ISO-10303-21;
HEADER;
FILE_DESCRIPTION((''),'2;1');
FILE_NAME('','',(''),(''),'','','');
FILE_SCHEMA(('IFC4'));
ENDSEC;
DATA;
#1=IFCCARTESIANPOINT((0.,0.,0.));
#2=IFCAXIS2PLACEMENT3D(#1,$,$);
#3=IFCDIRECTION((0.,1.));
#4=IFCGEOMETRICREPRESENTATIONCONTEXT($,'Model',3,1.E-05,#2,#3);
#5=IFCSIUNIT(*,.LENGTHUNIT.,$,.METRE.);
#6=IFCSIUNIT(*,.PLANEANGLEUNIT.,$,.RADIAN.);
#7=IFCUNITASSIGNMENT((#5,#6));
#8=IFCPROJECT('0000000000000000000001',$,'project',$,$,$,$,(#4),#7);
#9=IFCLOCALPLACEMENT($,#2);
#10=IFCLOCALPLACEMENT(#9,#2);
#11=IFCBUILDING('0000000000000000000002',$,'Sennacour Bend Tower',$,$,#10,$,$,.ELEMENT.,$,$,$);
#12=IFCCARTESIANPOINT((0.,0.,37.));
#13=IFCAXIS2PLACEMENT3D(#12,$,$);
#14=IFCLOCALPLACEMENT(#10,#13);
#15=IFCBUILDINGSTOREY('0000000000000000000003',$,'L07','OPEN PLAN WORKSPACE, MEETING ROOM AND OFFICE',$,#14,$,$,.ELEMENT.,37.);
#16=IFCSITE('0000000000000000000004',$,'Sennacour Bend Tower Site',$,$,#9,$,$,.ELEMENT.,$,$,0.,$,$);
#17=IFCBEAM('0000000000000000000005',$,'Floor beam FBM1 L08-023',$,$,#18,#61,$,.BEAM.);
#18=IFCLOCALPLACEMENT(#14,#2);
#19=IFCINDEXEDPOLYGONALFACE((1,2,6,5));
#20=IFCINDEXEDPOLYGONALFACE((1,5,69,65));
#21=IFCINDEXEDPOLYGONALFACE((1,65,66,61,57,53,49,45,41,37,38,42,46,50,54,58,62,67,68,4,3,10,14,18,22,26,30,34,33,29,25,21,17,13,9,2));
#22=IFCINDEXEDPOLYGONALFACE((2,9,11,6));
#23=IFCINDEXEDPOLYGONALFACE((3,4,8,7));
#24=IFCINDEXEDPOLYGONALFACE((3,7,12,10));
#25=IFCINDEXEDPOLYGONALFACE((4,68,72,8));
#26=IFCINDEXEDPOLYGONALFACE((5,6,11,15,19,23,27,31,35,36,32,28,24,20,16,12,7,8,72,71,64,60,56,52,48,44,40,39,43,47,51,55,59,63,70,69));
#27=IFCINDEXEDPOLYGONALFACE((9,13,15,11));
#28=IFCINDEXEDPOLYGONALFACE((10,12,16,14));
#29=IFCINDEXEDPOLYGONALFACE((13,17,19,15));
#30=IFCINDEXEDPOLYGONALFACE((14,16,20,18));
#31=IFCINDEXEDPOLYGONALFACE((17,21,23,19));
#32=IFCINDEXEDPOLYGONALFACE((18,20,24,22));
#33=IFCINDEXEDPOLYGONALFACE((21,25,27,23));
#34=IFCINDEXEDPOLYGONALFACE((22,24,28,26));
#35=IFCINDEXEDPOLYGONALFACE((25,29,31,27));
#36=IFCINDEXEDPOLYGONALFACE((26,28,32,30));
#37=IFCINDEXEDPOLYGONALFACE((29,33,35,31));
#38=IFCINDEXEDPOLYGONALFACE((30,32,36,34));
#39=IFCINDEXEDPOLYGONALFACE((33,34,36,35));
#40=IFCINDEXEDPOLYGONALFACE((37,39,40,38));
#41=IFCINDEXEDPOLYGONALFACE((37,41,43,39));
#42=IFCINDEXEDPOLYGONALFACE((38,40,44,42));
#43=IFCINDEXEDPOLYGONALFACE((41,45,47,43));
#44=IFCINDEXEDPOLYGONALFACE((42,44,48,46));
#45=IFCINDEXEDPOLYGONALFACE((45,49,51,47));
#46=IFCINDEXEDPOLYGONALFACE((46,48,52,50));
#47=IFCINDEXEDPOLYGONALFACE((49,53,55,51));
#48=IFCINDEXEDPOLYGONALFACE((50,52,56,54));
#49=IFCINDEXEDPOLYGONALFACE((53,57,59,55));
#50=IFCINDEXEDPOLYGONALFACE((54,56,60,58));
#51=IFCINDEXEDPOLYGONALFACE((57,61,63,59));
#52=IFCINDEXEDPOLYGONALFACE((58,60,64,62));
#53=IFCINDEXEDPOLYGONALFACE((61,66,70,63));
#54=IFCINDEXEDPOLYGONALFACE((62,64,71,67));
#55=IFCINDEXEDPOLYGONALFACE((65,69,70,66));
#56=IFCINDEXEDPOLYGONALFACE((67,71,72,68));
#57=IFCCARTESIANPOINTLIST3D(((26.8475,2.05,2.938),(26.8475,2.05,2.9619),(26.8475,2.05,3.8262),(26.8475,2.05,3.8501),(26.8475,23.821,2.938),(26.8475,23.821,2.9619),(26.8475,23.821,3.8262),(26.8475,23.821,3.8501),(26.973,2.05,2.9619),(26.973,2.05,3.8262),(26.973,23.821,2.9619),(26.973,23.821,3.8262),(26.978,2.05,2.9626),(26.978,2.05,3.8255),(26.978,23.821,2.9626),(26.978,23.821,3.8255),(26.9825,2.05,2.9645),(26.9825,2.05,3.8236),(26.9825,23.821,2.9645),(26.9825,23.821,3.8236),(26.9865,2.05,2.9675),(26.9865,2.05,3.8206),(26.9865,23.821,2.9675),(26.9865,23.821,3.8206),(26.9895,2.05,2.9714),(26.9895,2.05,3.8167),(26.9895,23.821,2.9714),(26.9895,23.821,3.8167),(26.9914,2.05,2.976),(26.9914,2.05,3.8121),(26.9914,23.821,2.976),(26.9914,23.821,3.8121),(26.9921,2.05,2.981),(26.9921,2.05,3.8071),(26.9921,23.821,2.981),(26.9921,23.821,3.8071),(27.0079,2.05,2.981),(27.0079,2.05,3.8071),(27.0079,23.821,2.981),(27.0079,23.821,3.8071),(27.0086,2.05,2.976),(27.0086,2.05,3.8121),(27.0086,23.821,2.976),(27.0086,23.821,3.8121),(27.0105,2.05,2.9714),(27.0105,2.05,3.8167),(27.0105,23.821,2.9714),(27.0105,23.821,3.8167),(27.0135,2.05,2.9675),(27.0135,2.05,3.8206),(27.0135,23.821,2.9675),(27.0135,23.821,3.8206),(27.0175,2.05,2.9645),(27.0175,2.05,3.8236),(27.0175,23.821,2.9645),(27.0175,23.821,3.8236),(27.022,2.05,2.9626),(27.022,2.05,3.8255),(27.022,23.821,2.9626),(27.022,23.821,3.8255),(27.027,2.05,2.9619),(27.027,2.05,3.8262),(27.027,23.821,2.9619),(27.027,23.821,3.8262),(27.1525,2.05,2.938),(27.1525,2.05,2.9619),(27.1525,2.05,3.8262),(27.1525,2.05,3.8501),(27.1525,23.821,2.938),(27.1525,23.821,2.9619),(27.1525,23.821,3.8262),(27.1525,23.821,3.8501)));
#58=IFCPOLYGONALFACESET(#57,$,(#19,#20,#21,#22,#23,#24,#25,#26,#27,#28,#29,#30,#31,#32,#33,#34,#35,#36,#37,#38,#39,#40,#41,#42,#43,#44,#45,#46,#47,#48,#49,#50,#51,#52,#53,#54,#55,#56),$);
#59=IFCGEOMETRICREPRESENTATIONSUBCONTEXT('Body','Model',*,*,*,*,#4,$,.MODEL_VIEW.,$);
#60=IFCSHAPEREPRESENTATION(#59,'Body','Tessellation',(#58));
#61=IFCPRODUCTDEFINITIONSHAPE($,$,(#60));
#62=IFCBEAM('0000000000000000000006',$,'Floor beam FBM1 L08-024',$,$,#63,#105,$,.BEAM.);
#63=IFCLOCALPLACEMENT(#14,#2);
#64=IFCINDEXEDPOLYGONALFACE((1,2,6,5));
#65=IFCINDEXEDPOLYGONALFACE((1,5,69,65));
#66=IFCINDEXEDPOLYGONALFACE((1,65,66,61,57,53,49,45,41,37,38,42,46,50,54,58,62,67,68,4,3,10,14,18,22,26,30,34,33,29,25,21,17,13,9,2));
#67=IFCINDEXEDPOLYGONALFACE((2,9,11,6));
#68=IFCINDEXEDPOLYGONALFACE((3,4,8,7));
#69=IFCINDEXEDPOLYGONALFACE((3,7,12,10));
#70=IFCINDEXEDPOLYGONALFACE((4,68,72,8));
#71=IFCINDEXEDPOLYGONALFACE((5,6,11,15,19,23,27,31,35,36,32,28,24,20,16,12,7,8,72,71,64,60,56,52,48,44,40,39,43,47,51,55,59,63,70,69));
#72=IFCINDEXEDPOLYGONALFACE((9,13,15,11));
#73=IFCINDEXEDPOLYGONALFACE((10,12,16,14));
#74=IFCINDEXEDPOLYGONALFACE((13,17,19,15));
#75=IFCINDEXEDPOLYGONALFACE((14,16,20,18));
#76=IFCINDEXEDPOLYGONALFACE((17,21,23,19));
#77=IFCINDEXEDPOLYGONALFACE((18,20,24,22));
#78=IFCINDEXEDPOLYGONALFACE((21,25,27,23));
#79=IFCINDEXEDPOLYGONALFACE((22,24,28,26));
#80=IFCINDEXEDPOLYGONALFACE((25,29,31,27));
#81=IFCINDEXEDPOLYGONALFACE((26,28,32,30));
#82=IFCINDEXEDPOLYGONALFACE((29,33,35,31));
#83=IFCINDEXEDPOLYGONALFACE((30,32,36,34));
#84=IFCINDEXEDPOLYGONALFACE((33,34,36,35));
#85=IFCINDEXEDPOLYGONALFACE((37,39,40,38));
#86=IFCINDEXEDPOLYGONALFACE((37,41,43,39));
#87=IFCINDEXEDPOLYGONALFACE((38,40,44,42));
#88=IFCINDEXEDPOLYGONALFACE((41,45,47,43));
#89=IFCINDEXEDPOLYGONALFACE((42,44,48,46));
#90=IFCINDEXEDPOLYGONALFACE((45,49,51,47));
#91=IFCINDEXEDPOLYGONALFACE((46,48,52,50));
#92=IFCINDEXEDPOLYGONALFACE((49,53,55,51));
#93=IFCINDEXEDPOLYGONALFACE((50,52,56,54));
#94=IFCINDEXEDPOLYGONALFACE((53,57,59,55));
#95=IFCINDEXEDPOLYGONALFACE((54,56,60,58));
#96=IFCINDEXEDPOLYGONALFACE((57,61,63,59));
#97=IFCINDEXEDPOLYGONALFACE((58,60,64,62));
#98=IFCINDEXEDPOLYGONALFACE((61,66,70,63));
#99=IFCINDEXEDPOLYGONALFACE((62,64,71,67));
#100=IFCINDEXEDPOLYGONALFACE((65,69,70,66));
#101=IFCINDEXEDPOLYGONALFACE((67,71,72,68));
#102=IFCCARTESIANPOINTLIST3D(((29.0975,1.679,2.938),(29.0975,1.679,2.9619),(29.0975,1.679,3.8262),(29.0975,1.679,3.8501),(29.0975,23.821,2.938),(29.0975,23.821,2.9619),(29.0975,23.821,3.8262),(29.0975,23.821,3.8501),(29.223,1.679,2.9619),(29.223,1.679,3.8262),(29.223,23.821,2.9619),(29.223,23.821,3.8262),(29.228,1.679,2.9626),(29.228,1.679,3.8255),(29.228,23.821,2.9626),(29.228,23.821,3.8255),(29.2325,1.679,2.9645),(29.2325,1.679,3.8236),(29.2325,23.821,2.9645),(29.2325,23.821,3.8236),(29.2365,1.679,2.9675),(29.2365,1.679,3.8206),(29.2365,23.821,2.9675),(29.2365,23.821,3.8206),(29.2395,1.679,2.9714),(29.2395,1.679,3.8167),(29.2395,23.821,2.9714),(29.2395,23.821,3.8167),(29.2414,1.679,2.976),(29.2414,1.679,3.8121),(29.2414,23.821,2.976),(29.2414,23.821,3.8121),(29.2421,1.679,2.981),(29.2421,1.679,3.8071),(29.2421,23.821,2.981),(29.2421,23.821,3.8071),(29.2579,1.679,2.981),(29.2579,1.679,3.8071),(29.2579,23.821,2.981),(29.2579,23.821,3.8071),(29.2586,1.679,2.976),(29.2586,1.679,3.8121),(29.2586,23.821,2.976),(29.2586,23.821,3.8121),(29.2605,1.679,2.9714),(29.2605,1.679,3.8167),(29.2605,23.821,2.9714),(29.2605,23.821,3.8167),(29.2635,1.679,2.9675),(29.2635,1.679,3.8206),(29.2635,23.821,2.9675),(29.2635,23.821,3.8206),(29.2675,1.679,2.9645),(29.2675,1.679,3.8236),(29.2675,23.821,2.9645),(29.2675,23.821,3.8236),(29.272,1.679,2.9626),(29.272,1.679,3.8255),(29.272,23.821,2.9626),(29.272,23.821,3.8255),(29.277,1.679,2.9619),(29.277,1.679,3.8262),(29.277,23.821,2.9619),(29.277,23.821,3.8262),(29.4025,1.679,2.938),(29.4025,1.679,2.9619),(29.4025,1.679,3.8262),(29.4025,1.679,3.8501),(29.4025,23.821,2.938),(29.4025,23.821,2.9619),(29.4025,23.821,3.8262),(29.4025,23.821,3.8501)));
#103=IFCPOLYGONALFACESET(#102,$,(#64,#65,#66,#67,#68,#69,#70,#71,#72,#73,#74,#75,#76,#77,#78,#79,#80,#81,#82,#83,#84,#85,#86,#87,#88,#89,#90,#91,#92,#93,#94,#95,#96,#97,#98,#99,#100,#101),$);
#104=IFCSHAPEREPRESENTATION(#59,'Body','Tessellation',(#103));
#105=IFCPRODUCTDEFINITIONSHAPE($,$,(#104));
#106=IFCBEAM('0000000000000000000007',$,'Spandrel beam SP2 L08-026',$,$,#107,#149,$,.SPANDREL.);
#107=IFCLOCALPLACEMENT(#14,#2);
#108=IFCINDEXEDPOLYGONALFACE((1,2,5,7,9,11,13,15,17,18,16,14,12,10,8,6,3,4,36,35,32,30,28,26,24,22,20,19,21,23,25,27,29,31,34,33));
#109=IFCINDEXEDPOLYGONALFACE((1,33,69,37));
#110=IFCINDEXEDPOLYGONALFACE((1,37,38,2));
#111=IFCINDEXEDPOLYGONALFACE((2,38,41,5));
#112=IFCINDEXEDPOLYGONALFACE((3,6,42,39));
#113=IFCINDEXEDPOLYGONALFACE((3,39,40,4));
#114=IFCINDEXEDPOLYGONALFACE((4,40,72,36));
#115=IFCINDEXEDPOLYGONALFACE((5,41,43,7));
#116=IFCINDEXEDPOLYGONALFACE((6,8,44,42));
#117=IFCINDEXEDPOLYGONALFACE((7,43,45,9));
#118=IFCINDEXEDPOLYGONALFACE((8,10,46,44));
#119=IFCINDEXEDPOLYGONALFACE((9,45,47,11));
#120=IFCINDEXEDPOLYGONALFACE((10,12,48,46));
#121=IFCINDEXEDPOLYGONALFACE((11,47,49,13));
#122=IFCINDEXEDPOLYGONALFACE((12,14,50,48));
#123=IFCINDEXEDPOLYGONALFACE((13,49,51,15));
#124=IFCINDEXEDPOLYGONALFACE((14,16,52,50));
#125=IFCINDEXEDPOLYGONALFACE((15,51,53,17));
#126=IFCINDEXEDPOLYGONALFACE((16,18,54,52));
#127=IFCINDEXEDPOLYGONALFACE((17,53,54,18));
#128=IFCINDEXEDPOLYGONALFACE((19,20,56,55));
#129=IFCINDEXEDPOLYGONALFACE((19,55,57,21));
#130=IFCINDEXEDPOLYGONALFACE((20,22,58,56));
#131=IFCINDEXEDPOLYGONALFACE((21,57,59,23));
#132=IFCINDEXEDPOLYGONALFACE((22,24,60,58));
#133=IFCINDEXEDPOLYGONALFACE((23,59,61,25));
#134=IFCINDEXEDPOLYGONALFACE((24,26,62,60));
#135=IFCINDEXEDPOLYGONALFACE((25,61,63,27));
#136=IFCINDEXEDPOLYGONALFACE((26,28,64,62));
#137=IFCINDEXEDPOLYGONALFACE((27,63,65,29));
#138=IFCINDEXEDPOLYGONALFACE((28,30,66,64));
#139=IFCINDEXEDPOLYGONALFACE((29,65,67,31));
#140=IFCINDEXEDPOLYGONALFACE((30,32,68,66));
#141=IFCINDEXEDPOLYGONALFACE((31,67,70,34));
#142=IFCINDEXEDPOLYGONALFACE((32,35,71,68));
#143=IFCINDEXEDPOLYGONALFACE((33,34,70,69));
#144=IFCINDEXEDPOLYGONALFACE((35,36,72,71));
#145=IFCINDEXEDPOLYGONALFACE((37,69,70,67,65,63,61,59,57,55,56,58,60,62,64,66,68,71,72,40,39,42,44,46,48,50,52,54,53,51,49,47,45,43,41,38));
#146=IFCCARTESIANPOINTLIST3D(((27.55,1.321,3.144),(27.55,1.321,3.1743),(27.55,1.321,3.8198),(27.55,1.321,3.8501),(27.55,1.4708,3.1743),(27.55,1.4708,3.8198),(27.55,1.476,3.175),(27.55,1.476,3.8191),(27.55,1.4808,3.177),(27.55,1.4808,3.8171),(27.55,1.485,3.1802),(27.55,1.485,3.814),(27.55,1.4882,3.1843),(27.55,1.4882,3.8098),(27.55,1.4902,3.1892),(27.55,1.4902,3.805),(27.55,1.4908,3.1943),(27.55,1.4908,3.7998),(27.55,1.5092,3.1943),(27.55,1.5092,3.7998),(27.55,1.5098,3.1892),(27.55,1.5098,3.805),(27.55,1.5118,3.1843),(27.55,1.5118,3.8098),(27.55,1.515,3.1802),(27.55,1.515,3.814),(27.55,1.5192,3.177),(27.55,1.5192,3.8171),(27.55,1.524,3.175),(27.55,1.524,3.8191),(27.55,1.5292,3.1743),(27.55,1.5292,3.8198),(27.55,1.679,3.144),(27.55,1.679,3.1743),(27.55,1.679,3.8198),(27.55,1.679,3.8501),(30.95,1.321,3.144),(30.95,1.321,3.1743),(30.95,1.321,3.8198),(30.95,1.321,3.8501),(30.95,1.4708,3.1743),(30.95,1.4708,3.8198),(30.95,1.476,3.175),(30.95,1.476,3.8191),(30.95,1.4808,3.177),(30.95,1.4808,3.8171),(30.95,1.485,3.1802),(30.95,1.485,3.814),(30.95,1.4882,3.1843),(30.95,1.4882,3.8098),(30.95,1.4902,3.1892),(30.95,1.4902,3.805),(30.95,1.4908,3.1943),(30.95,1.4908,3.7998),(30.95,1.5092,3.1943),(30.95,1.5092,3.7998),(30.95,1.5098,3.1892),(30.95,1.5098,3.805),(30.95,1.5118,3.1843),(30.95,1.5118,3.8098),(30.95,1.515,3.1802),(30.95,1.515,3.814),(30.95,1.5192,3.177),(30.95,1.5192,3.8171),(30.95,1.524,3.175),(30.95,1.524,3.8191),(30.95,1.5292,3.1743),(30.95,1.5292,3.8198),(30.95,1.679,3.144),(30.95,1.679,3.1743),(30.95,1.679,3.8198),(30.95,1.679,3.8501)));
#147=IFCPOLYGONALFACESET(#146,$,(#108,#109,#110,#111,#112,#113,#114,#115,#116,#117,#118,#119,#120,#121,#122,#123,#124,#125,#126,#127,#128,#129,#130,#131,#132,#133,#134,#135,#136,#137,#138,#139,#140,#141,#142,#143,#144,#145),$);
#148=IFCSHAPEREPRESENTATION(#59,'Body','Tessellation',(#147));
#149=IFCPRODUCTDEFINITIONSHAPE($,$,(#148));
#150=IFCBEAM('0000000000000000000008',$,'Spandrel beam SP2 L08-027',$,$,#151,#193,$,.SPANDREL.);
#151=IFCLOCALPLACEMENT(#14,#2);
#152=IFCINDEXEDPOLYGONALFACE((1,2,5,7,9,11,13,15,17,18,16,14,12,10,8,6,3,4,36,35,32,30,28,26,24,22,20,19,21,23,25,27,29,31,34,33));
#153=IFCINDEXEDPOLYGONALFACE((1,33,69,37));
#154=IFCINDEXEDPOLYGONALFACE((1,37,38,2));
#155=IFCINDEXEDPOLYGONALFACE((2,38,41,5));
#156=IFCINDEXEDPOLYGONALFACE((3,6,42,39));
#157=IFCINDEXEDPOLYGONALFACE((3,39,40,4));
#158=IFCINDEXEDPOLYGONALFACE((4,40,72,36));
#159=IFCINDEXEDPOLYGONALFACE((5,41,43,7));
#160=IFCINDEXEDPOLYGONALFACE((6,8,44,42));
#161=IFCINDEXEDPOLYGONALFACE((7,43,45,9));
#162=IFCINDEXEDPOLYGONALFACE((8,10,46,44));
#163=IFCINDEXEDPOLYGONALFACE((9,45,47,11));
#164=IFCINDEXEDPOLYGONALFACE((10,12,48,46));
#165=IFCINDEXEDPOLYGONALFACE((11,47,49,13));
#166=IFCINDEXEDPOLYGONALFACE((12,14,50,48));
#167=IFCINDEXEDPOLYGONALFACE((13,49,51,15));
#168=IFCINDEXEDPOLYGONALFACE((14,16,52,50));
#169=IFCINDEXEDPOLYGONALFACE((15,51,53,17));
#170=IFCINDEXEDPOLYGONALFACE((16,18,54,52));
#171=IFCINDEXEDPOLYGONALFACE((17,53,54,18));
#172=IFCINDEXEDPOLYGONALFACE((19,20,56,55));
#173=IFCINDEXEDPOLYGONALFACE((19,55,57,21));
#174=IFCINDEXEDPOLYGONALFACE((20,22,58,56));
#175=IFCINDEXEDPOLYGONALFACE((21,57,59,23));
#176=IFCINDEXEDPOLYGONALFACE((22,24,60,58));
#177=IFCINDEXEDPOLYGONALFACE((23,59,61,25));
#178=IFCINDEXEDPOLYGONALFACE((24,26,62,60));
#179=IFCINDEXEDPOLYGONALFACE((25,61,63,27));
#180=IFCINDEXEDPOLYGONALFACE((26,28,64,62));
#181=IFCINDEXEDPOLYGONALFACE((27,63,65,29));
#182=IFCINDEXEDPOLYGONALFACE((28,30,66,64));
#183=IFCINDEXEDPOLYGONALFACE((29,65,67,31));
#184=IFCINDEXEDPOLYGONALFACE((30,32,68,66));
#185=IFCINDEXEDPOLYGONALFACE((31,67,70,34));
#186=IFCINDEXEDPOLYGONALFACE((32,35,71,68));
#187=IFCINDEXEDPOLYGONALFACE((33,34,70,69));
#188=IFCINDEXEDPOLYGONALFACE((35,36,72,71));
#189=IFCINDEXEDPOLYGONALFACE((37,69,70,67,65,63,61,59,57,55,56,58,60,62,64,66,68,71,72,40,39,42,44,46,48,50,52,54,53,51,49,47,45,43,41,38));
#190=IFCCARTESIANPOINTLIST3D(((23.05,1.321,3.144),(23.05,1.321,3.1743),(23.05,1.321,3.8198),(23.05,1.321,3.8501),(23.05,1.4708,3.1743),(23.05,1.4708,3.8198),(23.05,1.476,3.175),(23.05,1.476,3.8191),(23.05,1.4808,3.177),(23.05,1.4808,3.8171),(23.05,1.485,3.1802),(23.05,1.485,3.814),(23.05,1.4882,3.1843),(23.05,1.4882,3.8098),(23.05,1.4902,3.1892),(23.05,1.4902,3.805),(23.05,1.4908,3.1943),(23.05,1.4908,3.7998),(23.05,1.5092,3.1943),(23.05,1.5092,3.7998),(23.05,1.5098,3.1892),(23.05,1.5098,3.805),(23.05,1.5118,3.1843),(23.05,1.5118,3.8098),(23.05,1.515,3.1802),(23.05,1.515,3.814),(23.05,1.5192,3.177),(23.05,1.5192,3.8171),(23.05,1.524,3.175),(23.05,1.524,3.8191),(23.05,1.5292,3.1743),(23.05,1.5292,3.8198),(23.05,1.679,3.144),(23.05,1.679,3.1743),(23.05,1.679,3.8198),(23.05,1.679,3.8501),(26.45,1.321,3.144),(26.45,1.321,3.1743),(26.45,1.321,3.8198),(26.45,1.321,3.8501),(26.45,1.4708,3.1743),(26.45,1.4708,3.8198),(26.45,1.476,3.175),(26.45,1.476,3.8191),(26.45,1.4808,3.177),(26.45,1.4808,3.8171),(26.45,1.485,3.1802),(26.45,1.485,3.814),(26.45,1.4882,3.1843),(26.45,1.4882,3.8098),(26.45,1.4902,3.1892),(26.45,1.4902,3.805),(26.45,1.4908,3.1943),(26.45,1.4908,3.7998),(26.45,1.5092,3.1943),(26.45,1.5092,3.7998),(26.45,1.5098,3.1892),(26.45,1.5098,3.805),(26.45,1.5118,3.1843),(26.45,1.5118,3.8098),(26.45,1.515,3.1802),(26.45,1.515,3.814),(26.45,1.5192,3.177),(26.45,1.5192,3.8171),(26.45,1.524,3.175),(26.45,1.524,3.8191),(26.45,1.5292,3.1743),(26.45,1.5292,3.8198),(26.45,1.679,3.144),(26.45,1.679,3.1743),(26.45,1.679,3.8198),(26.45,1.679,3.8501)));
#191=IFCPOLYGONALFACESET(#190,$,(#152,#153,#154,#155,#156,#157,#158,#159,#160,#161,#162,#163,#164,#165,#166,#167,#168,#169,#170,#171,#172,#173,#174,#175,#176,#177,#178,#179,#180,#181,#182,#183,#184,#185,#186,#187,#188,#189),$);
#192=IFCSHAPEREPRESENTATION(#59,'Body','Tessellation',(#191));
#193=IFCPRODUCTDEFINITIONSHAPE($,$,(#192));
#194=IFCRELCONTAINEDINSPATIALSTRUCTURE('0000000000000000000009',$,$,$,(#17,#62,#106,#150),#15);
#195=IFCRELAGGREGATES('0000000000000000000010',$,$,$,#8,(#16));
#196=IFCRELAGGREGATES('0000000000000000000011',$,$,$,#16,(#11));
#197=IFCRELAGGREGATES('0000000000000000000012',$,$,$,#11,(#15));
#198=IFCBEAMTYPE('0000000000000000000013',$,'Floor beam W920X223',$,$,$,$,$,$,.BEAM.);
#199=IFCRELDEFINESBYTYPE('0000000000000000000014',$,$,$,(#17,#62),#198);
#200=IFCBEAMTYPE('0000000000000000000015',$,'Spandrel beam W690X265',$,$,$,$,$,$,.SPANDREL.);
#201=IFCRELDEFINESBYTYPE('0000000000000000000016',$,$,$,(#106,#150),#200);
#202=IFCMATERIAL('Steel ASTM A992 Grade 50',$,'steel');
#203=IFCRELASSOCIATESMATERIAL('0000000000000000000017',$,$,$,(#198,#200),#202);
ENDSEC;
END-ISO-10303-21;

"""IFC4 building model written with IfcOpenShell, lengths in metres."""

from ifc_helpers import new_model, si_unit, direction, frame, origin, origin_2d, place, context, subcontext, project, spatial, i_section, extrude, material, material_profile, profile_set, type_object, element, save


model = new_model("IFC4")

# Units and contexts
model_context = context("Model", 3, precision=1e-05, world=origin(), true_north=direction((0.0, 1.0)))
body_context = subcontext(model_context, "Body", "Model", "MODEL_VIEW")
ifc_project = project(units=[si_unit("LENGTHUNIT", "METRE"), si_unit("PLANEANGLEUNIT", "RADIAN")], contexts=[model_context])

# Site, building, storey
site_placement = place(None, origin())
site = spatial("IfcSite", under=ifc_project, at=site_placement, Name="Sennacour Bend Tower Site", CompositionType="ELEMENT", RefElevation=0.0)
building_placement = place(site_placement, origin())
building = spatial("IfcBuilding", under=site, at=building_placement, Name="Sennacour Bend Tower", CompositionType="ELEMENT")
storey_placement = place(building_placement, frame((0.0, 0.0, 37.0)))
storey = spatial("IfcBuildingStorey", under=building, at=storey_placement, Name="L07", Description="OPEN PLAN WORKSPACE, MEETING ROOM AND OFFICE", CompositionType="ELEMENT", Elevation=37.0)

# Beams
ifc_material_1 = material(Name="Steel ASTM A992 Grade 50", Category="steel")
ifc_material_profile_1 = material_profile(ifc_material_1, i_section(OverallWidth=0.3049, OverallDepth=0.9121, WebThickness=0.0159, FlangeThickness=0.0239, FilletRadius=0.019, at=origin_2d()), Name="Steel ASTM A992 Grade 50", Category="steel")
ifc_profile_set_1 = profile_set([ifc_material_profile_1], Name="Steel ASTM A992 Grade 50")
beam_type_1 = type_object("IfcBeamType", Name="Floor beam W920X223", PredefinedType="BEAM", material=ifc_profile_set_1)
beam_1_placement = place(storey_placement, frame((27.0, 2.05, 3.394), z_axis=(0.0, 1.0, 0.0), x_axis=(-1.0, 0.0, 0.0)))
element("IfcBeam", 1, at=beam_1_placement, inside=storey, type_object=beam_type_1, Name="Floor beam FBM1 L08-023", PredefinedType="BEAM", context=body_context, shape_type="SweptSolid", body=[
    extrude(i_section(OverallWidth=0.3049, OverallDepth=0.9121, WebThickness=0.0159, FlangeThickness=0.0239, FilletRadius=0.019, at=origin_2d()), origin(), (0.0, 0.0, 1.0), 21.771),
])
beam_2_placement = place(storey_placement, frame((29.25, 1.679, 3.394), z_axis=(0.0, 1.0, 0.0), x_axis=(-1.0, 0.0, 0.0)))
element("IfcBeam", 2, at=beam_2_placement, inside=storey, type_object=beam_type_1, Name="Floor beam FBM1 L08-024", PredefinedType="BEAM", context=body_context, shape_type="SweptSolid", body=[
    extrude(i_section(OverallWidth=0.3049, OverallDepth=0.9121, WebThickness=0.0159, FlangeThickness=0.0239, FilletRadius=0.019, at=origin_2d()), origin(), (0.0, 0.0, 1.0), 22.1421),
])
ifc_material_profile_2 = material_profile(ifc_material_1, i_section(OverallWidth=0.3579, OverallDepth=0.7061, WebThickness=0.0183, FlangeThickness=0.0303, FilletRadius=0.02, at=origin_2d()), Name="Steel ASTM A992 Grade 50", Category="steel")
ifc_profile_set_2 = profile_set([ifc_material_profile_2], Name="Steel ASTM A992 Grade 50")
beam_type_2 = type_object("IfcBeamType", Name="Spandrel beam W690X265", PredefinedType="SPANDREL", material=ifc_profile_set_2)
for number, where, z_axis, x_axis, name in (
    (3, (30.95, 1.5, 3.4971), (-1.0, 0.0, 0.0), (0.0, -1.0, 0.0), "Spandrel beam SP2 L08-026"),
    (4, (26.45, 1.5, 3.4971), (-1.0, 0.0, 0.0), (0.0, -1.0, 0.0), "Spandrel beam SP2 L08-027"),
):
    element("IfcBeam", number, at=place(storey_placement, frame(where, z_axis=z_axis, x_axis=x_axis)), inside=storey, type_object=beam_type_2, Name=name, PredefinedType="SPANDREL", context=body_context, shape_type="SweptSolid", body=[
        extrude(i_section(OverallWidth=0.3579, OverallDepth=0.7061, WebThickness=0.0183, FlangeThickness=0.0303, FilletRadius=0.02, at=origin_2d()), origin(), (0.0, 0.0, 1.0), 3.3999),
    ])

save(model, "model.ifc")
